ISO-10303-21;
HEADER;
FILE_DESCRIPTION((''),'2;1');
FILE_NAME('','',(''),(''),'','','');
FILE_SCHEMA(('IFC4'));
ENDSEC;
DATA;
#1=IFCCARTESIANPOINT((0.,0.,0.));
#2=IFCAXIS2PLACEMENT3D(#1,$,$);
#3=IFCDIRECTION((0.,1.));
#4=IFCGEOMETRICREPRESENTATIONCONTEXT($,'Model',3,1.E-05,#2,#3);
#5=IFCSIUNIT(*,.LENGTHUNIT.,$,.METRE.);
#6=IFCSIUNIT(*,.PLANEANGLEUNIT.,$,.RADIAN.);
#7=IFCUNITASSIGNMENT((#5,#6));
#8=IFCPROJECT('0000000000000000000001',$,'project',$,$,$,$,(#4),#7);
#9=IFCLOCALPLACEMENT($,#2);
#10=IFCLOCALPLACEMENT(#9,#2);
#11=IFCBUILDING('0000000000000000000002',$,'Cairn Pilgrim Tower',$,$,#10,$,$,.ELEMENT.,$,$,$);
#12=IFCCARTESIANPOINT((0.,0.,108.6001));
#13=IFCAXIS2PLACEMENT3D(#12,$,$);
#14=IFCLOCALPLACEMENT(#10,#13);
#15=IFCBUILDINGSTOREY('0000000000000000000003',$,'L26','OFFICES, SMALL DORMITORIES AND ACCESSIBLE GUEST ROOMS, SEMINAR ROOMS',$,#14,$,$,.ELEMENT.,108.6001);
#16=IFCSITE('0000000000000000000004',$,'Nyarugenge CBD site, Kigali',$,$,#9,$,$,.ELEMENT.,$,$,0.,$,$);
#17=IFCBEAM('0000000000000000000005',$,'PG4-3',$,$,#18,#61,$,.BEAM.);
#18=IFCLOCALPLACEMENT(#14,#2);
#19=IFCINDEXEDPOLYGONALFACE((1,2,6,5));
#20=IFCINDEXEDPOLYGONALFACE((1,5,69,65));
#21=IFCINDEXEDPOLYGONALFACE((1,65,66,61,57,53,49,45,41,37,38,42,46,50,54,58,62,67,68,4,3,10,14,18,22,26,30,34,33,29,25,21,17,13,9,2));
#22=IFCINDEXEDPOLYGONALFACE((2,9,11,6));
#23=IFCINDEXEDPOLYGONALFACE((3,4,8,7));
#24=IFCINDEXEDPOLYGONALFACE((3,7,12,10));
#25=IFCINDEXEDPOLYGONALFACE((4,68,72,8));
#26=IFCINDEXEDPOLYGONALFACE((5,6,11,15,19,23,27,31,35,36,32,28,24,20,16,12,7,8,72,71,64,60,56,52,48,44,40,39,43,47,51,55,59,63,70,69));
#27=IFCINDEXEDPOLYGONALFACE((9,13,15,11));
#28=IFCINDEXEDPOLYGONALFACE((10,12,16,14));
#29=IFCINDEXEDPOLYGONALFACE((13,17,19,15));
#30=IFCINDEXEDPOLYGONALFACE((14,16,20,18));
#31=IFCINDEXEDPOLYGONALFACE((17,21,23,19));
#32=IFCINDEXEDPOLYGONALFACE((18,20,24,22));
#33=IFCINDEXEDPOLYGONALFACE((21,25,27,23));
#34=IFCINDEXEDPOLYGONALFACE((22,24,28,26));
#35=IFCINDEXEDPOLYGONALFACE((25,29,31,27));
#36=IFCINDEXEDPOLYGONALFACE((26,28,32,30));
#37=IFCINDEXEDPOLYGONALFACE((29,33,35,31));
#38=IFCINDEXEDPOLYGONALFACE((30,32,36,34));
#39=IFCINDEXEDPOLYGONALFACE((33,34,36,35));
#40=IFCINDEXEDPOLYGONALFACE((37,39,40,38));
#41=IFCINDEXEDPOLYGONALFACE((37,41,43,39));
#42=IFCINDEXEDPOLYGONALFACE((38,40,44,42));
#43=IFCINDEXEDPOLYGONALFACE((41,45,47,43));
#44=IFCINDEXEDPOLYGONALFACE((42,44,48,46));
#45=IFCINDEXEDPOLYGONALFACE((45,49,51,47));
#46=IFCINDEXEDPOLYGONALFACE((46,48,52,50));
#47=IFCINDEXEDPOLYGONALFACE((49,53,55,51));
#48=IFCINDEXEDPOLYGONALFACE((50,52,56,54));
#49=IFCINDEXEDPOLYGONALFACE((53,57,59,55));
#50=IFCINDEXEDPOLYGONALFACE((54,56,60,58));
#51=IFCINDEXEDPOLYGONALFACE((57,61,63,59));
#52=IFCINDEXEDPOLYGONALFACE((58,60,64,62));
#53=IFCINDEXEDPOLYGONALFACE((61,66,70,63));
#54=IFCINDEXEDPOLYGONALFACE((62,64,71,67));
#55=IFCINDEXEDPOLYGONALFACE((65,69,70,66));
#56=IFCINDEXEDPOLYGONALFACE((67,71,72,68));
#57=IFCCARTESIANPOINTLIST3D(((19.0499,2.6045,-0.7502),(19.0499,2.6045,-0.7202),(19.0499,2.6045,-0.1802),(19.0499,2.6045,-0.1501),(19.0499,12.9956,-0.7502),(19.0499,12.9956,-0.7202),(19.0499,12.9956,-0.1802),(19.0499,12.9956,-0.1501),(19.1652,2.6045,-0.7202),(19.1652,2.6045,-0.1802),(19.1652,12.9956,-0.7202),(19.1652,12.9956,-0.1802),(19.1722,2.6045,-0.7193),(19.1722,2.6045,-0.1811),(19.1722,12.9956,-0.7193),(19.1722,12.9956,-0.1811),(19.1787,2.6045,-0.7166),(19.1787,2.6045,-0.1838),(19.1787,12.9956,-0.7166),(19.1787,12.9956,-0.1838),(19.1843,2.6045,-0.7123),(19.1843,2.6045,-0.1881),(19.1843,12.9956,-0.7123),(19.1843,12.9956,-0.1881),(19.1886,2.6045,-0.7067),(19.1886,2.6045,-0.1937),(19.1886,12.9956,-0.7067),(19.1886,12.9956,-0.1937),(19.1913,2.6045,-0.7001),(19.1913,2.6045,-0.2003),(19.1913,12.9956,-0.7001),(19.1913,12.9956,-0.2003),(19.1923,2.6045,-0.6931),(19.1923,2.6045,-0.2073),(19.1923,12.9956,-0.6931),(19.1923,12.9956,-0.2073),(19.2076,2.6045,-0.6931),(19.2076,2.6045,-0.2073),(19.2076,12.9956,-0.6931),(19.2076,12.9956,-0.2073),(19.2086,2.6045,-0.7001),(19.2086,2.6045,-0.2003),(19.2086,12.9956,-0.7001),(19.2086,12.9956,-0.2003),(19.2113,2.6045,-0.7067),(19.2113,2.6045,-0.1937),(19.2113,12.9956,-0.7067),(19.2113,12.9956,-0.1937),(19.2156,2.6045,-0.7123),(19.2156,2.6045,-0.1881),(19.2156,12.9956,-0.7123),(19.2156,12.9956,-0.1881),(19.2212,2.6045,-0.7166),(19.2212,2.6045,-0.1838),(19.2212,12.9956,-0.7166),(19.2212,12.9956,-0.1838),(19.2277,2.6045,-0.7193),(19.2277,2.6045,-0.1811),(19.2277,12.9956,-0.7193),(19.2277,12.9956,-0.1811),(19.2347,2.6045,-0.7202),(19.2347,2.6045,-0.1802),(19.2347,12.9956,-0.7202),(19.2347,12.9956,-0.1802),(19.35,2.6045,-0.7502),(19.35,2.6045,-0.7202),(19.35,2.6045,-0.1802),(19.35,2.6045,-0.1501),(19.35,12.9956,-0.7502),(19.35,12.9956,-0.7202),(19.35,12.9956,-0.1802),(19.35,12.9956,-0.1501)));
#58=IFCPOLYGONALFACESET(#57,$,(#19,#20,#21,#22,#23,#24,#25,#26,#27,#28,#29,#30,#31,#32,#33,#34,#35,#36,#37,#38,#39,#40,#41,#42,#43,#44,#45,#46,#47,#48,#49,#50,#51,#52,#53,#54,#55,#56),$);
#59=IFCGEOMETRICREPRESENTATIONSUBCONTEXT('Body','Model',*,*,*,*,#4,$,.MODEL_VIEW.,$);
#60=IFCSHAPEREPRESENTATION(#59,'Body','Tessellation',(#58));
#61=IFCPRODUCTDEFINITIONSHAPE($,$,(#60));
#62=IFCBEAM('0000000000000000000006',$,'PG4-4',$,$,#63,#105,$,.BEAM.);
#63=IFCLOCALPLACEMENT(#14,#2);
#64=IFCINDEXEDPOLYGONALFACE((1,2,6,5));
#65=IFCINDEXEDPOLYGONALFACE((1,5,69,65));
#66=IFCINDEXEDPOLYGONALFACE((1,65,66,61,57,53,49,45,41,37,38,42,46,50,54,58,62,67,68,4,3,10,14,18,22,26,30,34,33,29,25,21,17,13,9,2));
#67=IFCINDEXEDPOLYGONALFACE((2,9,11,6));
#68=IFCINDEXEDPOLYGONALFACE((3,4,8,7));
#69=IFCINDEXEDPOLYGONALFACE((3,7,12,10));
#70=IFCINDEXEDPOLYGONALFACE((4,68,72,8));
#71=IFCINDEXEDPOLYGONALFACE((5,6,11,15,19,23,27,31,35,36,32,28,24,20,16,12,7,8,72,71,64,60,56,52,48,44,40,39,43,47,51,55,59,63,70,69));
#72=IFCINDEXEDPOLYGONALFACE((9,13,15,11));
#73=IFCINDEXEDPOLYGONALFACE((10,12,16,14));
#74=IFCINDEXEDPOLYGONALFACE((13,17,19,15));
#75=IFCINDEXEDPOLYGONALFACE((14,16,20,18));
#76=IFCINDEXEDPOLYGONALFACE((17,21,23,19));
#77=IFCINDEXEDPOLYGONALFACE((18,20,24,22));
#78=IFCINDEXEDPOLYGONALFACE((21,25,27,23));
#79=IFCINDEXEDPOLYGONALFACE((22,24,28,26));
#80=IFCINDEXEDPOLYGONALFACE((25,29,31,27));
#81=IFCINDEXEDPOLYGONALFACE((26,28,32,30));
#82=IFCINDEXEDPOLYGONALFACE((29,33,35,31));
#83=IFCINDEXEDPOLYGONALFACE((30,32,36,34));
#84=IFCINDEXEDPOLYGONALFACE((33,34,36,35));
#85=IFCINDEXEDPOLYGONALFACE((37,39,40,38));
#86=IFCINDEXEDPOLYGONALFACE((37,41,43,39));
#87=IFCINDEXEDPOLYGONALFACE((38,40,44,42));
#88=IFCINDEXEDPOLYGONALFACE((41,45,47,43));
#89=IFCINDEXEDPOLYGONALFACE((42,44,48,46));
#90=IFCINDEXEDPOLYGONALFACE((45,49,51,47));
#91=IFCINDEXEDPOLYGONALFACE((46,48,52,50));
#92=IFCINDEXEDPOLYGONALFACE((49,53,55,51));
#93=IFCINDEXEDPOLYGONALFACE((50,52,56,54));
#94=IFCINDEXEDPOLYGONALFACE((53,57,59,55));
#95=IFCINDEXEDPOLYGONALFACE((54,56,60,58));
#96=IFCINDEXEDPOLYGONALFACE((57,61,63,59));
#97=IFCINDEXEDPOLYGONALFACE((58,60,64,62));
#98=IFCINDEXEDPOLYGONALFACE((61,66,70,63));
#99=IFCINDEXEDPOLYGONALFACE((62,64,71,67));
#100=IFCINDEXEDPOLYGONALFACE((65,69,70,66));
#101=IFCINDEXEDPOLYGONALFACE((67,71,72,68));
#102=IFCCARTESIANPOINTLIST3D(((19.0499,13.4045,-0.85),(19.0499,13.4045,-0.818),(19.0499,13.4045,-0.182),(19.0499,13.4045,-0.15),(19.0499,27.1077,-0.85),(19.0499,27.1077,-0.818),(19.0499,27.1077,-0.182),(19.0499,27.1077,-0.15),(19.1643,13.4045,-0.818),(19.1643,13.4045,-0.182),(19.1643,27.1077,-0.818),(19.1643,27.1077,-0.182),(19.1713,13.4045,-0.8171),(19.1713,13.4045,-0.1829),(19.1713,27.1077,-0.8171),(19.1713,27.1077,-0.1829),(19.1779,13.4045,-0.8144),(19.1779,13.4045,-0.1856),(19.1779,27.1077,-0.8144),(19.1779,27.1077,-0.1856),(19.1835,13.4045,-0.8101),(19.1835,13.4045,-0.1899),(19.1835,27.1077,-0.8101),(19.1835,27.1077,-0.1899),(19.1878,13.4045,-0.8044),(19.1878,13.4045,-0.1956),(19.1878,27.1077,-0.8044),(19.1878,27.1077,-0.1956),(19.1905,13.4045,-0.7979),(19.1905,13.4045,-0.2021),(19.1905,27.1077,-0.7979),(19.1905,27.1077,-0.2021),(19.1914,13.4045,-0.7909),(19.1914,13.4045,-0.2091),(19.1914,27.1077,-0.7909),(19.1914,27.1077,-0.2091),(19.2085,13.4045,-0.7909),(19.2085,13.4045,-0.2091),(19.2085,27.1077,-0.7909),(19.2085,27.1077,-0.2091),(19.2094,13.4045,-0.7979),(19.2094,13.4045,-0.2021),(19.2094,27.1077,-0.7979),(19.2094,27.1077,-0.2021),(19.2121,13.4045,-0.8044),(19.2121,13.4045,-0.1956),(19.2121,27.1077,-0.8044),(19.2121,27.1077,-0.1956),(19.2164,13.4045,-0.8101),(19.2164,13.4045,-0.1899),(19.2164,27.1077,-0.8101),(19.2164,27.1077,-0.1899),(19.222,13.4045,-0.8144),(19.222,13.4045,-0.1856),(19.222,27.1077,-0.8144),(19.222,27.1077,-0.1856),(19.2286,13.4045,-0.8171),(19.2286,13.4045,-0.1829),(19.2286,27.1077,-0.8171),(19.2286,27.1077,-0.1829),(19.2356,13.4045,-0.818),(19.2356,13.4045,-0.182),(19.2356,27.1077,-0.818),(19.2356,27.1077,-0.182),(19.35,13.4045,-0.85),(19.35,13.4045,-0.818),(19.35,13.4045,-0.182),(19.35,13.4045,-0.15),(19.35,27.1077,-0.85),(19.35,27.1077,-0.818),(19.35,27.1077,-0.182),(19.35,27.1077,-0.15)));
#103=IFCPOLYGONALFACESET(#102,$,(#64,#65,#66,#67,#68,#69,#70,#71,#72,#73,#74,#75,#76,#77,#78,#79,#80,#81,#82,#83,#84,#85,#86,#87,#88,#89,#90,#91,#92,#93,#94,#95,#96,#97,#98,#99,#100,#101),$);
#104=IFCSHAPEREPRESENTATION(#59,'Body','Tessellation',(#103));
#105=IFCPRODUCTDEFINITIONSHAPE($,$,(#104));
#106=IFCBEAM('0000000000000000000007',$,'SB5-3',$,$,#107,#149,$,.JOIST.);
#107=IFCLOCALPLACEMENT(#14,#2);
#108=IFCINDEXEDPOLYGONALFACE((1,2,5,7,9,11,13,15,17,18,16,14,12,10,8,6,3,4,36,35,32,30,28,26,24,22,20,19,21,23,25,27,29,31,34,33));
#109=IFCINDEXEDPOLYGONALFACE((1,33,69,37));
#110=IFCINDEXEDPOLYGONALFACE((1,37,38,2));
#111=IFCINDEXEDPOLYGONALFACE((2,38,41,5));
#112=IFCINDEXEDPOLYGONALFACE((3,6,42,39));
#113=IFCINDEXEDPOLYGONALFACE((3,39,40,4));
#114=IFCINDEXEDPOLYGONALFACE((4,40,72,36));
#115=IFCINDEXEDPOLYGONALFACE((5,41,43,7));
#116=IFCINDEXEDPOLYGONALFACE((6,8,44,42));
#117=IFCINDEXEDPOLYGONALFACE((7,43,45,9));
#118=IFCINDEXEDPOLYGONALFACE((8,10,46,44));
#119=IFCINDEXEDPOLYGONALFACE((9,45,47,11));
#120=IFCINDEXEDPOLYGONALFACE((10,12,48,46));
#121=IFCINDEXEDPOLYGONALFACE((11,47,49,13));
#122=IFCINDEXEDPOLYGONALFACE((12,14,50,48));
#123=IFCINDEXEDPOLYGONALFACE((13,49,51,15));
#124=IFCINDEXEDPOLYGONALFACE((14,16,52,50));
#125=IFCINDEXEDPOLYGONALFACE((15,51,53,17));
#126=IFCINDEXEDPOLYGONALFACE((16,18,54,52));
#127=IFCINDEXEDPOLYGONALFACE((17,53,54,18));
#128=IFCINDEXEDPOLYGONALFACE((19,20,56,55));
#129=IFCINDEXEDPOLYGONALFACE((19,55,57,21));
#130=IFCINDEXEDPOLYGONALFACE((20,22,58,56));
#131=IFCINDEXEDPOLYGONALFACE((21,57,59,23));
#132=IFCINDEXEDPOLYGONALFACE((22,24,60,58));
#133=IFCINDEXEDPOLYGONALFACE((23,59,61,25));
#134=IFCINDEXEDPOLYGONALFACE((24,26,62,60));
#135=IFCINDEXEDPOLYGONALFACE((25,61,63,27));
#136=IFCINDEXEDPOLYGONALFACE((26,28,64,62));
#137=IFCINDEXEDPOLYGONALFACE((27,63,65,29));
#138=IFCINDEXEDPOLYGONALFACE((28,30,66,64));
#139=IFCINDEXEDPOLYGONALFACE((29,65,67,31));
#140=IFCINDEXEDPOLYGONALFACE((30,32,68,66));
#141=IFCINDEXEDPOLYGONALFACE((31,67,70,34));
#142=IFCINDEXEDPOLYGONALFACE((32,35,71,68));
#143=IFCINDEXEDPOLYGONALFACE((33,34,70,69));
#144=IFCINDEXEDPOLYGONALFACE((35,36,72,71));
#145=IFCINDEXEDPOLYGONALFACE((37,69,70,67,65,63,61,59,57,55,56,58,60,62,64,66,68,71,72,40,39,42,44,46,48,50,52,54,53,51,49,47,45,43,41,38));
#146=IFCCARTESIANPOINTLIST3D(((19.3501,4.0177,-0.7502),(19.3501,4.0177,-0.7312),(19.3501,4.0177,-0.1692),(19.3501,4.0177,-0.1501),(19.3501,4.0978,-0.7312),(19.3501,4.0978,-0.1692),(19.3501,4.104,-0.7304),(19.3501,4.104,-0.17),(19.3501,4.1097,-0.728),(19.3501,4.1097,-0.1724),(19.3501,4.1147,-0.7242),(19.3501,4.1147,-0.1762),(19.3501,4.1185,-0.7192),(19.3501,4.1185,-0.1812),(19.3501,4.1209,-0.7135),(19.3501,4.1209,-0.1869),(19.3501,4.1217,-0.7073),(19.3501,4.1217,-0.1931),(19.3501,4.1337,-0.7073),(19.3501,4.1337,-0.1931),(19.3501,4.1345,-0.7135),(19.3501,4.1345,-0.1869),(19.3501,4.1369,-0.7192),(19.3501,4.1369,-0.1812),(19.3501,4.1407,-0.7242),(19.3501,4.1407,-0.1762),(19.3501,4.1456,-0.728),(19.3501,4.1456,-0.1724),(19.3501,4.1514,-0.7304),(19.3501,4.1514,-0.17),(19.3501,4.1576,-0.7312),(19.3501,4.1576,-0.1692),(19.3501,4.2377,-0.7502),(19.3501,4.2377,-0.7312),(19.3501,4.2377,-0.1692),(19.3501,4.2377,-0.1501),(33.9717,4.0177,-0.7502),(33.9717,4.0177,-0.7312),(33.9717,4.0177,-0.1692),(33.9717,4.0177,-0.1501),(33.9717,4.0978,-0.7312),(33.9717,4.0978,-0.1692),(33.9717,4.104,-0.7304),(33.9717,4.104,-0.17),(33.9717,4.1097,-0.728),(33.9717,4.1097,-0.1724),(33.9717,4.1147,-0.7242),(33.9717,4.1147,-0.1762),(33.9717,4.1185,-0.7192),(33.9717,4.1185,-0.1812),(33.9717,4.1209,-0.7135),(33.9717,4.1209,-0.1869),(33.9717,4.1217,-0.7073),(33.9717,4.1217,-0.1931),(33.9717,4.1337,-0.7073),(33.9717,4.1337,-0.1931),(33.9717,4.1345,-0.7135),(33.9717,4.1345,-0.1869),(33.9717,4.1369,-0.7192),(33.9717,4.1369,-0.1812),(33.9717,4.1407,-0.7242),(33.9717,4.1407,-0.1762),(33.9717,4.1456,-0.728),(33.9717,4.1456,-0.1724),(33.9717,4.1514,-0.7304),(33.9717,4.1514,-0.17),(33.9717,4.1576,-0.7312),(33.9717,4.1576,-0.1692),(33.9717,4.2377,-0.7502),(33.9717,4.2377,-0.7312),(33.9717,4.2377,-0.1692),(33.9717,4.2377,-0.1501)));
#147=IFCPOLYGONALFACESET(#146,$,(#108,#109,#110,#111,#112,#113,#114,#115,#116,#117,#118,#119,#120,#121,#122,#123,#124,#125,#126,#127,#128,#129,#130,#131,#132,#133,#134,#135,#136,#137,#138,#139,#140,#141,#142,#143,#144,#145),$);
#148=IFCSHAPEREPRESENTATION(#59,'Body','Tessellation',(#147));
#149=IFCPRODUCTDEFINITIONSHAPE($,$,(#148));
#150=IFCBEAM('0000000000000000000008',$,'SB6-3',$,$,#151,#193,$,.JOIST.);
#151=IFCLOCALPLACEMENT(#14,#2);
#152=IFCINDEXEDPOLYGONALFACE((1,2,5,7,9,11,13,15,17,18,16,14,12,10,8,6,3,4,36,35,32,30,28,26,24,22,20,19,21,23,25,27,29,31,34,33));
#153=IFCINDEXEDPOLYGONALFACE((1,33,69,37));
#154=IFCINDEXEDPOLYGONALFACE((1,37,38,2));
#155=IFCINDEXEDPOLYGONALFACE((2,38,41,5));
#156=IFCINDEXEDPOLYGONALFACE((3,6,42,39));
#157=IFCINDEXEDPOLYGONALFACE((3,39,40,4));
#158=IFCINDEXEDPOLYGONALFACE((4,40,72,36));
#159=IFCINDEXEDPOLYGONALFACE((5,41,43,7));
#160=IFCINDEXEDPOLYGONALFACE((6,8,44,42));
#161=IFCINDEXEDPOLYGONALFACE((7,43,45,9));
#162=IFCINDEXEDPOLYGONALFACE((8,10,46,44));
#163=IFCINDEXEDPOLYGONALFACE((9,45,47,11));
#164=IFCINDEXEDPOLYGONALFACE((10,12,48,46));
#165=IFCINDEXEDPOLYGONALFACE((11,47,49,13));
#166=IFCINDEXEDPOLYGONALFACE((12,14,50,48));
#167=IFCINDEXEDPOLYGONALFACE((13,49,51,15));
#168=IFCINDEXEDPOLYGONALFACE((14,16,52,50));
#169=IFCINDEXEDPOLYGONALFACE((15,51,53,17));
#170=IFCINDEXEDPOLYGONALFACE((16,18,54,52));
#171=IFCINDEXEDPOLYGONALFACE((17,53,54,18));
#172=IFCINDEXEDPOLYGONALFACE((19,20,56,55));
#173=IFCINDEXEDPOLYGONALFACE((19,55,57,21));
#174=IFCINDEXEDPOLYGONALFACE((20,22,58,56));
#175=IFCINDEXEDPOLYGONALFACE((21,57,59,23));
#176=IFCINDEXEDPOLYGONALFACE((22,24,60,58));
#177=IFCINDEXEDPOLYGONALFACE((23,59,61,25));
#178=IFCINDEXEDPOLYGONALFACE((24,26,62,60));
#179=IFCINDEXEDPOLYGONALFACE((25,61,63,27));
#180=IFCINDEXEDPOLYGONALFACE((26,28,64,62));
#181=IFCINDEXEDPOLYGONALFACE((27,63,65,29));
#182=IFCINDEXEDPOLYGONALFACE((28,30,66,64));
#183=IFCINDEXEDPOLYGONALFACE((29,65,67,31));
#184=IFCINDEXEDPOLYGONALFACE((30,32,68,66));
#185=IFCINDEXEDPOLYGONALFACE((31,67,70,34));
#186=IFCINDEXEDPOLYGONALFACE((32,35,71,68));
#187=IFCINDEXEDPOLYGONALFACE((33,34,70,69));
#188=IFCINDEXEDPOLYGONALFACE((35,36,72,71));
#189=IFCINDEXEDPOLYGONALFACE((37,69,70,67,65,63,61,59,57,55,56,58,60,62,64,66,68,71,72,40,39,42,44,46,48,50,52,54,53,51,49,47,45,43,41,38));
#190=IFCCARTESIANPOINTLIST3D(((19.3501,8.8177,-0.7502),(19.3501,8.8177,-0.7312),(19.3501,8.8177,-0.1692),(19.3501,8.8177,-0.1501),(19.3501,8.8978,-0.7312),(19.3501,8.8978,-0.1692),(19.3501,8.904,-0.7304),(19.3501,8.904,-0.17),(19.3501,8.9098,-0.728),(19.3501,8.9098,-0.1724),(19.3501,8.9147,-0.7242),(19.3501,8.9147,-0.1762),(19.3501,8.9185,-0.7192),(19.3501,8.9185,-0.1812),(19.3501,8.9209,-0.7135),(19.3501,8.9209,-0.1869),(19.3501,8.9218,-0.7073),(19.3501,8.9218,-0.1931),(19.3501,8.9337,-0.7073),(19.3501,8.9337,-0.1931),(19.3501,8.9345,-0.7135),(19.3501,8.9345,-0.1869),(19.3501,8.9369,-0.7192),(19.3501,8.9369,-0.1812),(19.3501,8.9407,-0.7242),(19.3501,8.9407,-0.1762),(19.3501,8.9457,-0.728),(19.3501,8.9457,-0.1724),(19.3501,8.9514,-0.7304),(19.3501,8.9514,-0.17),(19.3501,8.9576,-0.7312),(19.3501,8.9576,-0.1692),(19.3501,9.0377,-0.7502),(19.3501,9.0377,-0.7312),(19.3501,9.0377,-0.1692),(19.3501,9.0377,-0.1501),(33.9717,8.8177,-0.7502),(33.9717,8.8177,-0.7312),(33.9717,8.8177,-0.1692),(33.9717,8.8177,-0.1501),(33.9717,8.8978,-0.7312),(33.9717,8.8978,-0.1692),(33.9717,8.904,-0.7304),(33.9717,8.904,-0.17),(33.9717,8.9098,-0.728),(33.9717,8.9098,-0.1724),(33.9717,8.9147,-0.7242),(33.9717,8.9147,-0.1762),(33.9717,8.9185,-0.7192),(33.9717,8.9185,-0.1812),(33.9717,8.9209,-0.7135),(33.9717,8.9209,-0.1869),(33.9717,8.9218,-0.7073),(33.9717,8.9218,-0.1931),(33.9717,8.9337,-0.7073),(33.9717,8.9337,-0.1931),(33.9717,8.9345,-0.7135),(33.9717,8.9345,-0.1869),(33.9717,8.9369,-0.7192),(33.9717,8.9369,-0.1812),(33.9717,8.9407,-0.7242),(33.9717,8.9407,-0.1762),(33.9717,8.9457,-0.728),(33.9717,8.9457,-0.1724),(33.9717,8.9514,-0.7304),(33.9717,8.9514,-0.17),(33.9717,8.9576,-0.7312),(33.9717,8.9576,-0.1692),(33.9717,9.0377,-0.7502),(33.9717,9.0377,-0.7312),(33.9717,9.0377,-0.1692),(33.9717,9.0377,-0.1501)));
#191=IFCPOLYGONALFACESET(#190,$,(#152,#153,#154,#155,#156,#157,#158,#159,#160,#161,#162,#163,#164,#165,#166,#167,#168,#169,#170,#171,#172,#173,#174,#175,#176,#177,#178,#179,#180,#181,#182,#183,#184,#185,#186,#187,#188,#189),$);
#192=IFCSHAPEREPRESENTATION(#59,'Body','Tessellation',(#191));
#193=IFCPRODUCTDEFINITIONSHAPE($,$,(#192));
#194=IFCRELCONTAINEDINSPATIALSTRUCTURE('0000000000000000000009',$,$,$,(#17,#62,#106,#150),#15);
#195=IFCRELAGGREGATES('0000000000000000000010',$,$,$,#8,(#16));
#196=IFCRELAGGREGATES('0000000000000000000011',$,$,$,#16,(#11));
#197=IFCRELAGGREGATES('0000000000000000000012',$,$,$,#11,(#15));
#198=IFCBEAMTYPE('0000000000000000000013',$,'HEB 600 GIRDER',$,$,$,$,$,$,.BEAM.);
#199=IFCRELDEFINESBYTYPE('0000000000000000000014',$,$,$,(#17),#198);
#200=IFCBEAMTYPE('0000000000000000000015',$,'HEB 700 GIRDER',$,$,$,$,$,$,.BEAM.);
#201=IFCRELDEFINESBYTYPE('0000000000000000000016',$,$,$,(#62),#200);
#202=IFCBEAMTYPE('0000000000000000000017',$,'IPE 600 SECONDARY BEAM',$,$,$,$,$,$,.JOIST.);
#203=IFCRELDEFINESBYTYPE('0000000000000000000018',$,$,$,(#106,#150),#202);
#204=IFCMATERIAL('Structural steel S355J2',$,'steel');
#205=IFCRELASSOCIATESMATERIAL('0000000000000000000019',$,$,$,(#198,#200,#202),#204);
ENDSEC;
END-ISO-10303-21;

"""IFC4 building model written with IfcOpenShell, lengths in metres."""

from ifc_helpers import new_model, si_unit, direction, frame, origin, origin_2d, place, context, subcontext, project, spatial, i_section, extrude, material, material_profile, profile_set, type_object, element, save


model = new_model("IFC4")

# Units and contexts
model_context = context("Model", 3, precision=1e-05, world=origin(), true_north=direction((0.0, 1.0)))
body_context = subcontext(model_context, "Body", "Model", "MODEL_VIEW")
ifc_project = project(units=[si_unit("LENGTHUNIT", "METRE"), si_unit("PLANEANGLEUNIT", "RADIAN")], contexts=[model_context])

# Site, building, storey
site_placement = place(None, origin())
site = spatial("IfcSite", under=ifc_project, at=site_placement, Name="Nyarugenge CBD site, Kigali", CompositionType="ELEMENT", RefElevation=0.0)
building_placement = place(site_placement, origin())
building = spatial("IfcBuilding", under=site, at=building_placement, Name="Cairn Pilgrim Tower", CompositionType="ELEMENT")
storey_placement = place(building_placement, frame((0.0, 0.0, 108.6001)))
storey = spatial("IfcBuildingStorey", under=building, at=storey_placement, Name="L26", Description="OFFICES, SMALL DORMITORIES AND ACCESSIBLE GUEST ROOMS, SEMINAR ROOMS", CompositionType="ELEMENT", Elevation=108.6001)

# Beams
ifc_material_1 = material(Name="Structural steel S355J2", Category="steel")
ifc_material_profile_1 = material_profile(ifc_material_1, i_section(OverallWidth=0.3, OverallDepth=0.6001, WebThickness=0.0154, FlangeThickness=0.03, FilletRadius=0.0271, at=origin_2d()), Name="HEB 600")
ifc_profile_set_1 = profile_set([ifc_material_profile_1], Name="Structural steel S355J2")
beam_type_1 = type_object("IfcBeamType", Name="HEB 600 GIRDER", PredefinedType="BEAM", material=ifc_profile_set_1)
beam_1_placement = place(storey_placement, frame((19.2, 2.6045, -0.4502), z_axis=(0.0, 1.0, 0.0), x_axis=(-1.0, 0.0, 0.0)))
element("IfcBeam", 1, at=beam_1_placement, inside=storey, type_object=beam_type_1, Name="PG4-3", PredefinedType="BEAM", context=body_context, shape_type="SweptSolid", body=[
    extrude(i_section(OverallWidth=0.3, OverallDepth=0.6001, WebThickness=0.0154, FlangeThickness=0.03, FilletRadius=0.0271, at=origin_2d()), origin(), (0.0, 0.0, 1.0), 10.3911),
])
ifc_material_profile_2 = material_profile(ifc_material_1, i_section(OverallWidth=0.3, OverallDepth=0.7, WebThickness=0.0171, FlangeThickness=0.032, FilletRadius=0.0271, at=origin_2d()), Name="HEB 700")
ifc_profile_set_2 = profile_set([ifc_material_profile_2], Name="Structural steel S355J2")
beam_type_2 = type_object("IfcBeamType", Name="HEB 700 GIRDER", PredefinedType="BEAM", material=ifc_profile_set_2)
beam_2_placement = place(storey_placement, frame((19.2, 13.4045, -0.5), z_axis=(0.0, 1.0, 0.0), x_axis=(-1.0, 0.0, 0.0)))
element("IfcBeam", 2, at=beam_2_placement, inside=storey, type_object=beam_type_2, Name="PG4-4", PredefinedType="BEAM", context=body_context, shape_type="SweptSolid", body=[
    extrude(i_section(OverallWidth=0.3, OverallDepth=0.7, WebThickness=0.0171, FlangeThickness=0.032, FilletRadius=0.0271, at=origin_2d()), origin(), (0.0, 0.0, 1.0), 13.7031),
])
ifc_material_profile_3 = material_profile(ifc_material_1, i_section(OverallWidth=0.22, OverallDepth=0.6001, WebThickness=0.012, FlangeThickness=0.019, FilletRadius=0.0239, at=origin_2d()), Name="IPE 600")
ifc_profile_set_3 = profile_set([ifc_material_profile_3], Name="Structural steel S355J2")
beam_type_3 = type_object("IfcBeamType", Name="IPE 600 SECONDARY BEAM", PredefinedType="JOIST", material=ifc_profile_set_3)
for number, where, z_axis, x_axis, name in (
    (3, (19.3501, 4.1277, -0.4502), (1.0, 0.0, 0.0), (0.0, 1.0, 0.0), "SB5-3"),
    (4, (19.3501, 8.9277, -0.4502), (1.0, 0.0, 0.0), (0.0, 1.0, 0.0), "SB6-3"),
):
    element("IfcBeam", number, at=place(storey_placement, frame(where, z_axis=z_axis, x_axis=x_axis)), inside=storey, type_object=beam_type_3, Name=name, PredefinedType="JOIST", context=body_context, shape_type="SweptSolid", body=[
        extrude(i_section(OverallWidth=0.22, OverallDepth=0.6001, WebThickness=0.012, FlangeThickness=0.019, FilletRadius=0.0239, at=origin_2d()), origin(), (0.0, 0.0, 1.0), 14.6216),
    ])

save(model, "model.ifc")
